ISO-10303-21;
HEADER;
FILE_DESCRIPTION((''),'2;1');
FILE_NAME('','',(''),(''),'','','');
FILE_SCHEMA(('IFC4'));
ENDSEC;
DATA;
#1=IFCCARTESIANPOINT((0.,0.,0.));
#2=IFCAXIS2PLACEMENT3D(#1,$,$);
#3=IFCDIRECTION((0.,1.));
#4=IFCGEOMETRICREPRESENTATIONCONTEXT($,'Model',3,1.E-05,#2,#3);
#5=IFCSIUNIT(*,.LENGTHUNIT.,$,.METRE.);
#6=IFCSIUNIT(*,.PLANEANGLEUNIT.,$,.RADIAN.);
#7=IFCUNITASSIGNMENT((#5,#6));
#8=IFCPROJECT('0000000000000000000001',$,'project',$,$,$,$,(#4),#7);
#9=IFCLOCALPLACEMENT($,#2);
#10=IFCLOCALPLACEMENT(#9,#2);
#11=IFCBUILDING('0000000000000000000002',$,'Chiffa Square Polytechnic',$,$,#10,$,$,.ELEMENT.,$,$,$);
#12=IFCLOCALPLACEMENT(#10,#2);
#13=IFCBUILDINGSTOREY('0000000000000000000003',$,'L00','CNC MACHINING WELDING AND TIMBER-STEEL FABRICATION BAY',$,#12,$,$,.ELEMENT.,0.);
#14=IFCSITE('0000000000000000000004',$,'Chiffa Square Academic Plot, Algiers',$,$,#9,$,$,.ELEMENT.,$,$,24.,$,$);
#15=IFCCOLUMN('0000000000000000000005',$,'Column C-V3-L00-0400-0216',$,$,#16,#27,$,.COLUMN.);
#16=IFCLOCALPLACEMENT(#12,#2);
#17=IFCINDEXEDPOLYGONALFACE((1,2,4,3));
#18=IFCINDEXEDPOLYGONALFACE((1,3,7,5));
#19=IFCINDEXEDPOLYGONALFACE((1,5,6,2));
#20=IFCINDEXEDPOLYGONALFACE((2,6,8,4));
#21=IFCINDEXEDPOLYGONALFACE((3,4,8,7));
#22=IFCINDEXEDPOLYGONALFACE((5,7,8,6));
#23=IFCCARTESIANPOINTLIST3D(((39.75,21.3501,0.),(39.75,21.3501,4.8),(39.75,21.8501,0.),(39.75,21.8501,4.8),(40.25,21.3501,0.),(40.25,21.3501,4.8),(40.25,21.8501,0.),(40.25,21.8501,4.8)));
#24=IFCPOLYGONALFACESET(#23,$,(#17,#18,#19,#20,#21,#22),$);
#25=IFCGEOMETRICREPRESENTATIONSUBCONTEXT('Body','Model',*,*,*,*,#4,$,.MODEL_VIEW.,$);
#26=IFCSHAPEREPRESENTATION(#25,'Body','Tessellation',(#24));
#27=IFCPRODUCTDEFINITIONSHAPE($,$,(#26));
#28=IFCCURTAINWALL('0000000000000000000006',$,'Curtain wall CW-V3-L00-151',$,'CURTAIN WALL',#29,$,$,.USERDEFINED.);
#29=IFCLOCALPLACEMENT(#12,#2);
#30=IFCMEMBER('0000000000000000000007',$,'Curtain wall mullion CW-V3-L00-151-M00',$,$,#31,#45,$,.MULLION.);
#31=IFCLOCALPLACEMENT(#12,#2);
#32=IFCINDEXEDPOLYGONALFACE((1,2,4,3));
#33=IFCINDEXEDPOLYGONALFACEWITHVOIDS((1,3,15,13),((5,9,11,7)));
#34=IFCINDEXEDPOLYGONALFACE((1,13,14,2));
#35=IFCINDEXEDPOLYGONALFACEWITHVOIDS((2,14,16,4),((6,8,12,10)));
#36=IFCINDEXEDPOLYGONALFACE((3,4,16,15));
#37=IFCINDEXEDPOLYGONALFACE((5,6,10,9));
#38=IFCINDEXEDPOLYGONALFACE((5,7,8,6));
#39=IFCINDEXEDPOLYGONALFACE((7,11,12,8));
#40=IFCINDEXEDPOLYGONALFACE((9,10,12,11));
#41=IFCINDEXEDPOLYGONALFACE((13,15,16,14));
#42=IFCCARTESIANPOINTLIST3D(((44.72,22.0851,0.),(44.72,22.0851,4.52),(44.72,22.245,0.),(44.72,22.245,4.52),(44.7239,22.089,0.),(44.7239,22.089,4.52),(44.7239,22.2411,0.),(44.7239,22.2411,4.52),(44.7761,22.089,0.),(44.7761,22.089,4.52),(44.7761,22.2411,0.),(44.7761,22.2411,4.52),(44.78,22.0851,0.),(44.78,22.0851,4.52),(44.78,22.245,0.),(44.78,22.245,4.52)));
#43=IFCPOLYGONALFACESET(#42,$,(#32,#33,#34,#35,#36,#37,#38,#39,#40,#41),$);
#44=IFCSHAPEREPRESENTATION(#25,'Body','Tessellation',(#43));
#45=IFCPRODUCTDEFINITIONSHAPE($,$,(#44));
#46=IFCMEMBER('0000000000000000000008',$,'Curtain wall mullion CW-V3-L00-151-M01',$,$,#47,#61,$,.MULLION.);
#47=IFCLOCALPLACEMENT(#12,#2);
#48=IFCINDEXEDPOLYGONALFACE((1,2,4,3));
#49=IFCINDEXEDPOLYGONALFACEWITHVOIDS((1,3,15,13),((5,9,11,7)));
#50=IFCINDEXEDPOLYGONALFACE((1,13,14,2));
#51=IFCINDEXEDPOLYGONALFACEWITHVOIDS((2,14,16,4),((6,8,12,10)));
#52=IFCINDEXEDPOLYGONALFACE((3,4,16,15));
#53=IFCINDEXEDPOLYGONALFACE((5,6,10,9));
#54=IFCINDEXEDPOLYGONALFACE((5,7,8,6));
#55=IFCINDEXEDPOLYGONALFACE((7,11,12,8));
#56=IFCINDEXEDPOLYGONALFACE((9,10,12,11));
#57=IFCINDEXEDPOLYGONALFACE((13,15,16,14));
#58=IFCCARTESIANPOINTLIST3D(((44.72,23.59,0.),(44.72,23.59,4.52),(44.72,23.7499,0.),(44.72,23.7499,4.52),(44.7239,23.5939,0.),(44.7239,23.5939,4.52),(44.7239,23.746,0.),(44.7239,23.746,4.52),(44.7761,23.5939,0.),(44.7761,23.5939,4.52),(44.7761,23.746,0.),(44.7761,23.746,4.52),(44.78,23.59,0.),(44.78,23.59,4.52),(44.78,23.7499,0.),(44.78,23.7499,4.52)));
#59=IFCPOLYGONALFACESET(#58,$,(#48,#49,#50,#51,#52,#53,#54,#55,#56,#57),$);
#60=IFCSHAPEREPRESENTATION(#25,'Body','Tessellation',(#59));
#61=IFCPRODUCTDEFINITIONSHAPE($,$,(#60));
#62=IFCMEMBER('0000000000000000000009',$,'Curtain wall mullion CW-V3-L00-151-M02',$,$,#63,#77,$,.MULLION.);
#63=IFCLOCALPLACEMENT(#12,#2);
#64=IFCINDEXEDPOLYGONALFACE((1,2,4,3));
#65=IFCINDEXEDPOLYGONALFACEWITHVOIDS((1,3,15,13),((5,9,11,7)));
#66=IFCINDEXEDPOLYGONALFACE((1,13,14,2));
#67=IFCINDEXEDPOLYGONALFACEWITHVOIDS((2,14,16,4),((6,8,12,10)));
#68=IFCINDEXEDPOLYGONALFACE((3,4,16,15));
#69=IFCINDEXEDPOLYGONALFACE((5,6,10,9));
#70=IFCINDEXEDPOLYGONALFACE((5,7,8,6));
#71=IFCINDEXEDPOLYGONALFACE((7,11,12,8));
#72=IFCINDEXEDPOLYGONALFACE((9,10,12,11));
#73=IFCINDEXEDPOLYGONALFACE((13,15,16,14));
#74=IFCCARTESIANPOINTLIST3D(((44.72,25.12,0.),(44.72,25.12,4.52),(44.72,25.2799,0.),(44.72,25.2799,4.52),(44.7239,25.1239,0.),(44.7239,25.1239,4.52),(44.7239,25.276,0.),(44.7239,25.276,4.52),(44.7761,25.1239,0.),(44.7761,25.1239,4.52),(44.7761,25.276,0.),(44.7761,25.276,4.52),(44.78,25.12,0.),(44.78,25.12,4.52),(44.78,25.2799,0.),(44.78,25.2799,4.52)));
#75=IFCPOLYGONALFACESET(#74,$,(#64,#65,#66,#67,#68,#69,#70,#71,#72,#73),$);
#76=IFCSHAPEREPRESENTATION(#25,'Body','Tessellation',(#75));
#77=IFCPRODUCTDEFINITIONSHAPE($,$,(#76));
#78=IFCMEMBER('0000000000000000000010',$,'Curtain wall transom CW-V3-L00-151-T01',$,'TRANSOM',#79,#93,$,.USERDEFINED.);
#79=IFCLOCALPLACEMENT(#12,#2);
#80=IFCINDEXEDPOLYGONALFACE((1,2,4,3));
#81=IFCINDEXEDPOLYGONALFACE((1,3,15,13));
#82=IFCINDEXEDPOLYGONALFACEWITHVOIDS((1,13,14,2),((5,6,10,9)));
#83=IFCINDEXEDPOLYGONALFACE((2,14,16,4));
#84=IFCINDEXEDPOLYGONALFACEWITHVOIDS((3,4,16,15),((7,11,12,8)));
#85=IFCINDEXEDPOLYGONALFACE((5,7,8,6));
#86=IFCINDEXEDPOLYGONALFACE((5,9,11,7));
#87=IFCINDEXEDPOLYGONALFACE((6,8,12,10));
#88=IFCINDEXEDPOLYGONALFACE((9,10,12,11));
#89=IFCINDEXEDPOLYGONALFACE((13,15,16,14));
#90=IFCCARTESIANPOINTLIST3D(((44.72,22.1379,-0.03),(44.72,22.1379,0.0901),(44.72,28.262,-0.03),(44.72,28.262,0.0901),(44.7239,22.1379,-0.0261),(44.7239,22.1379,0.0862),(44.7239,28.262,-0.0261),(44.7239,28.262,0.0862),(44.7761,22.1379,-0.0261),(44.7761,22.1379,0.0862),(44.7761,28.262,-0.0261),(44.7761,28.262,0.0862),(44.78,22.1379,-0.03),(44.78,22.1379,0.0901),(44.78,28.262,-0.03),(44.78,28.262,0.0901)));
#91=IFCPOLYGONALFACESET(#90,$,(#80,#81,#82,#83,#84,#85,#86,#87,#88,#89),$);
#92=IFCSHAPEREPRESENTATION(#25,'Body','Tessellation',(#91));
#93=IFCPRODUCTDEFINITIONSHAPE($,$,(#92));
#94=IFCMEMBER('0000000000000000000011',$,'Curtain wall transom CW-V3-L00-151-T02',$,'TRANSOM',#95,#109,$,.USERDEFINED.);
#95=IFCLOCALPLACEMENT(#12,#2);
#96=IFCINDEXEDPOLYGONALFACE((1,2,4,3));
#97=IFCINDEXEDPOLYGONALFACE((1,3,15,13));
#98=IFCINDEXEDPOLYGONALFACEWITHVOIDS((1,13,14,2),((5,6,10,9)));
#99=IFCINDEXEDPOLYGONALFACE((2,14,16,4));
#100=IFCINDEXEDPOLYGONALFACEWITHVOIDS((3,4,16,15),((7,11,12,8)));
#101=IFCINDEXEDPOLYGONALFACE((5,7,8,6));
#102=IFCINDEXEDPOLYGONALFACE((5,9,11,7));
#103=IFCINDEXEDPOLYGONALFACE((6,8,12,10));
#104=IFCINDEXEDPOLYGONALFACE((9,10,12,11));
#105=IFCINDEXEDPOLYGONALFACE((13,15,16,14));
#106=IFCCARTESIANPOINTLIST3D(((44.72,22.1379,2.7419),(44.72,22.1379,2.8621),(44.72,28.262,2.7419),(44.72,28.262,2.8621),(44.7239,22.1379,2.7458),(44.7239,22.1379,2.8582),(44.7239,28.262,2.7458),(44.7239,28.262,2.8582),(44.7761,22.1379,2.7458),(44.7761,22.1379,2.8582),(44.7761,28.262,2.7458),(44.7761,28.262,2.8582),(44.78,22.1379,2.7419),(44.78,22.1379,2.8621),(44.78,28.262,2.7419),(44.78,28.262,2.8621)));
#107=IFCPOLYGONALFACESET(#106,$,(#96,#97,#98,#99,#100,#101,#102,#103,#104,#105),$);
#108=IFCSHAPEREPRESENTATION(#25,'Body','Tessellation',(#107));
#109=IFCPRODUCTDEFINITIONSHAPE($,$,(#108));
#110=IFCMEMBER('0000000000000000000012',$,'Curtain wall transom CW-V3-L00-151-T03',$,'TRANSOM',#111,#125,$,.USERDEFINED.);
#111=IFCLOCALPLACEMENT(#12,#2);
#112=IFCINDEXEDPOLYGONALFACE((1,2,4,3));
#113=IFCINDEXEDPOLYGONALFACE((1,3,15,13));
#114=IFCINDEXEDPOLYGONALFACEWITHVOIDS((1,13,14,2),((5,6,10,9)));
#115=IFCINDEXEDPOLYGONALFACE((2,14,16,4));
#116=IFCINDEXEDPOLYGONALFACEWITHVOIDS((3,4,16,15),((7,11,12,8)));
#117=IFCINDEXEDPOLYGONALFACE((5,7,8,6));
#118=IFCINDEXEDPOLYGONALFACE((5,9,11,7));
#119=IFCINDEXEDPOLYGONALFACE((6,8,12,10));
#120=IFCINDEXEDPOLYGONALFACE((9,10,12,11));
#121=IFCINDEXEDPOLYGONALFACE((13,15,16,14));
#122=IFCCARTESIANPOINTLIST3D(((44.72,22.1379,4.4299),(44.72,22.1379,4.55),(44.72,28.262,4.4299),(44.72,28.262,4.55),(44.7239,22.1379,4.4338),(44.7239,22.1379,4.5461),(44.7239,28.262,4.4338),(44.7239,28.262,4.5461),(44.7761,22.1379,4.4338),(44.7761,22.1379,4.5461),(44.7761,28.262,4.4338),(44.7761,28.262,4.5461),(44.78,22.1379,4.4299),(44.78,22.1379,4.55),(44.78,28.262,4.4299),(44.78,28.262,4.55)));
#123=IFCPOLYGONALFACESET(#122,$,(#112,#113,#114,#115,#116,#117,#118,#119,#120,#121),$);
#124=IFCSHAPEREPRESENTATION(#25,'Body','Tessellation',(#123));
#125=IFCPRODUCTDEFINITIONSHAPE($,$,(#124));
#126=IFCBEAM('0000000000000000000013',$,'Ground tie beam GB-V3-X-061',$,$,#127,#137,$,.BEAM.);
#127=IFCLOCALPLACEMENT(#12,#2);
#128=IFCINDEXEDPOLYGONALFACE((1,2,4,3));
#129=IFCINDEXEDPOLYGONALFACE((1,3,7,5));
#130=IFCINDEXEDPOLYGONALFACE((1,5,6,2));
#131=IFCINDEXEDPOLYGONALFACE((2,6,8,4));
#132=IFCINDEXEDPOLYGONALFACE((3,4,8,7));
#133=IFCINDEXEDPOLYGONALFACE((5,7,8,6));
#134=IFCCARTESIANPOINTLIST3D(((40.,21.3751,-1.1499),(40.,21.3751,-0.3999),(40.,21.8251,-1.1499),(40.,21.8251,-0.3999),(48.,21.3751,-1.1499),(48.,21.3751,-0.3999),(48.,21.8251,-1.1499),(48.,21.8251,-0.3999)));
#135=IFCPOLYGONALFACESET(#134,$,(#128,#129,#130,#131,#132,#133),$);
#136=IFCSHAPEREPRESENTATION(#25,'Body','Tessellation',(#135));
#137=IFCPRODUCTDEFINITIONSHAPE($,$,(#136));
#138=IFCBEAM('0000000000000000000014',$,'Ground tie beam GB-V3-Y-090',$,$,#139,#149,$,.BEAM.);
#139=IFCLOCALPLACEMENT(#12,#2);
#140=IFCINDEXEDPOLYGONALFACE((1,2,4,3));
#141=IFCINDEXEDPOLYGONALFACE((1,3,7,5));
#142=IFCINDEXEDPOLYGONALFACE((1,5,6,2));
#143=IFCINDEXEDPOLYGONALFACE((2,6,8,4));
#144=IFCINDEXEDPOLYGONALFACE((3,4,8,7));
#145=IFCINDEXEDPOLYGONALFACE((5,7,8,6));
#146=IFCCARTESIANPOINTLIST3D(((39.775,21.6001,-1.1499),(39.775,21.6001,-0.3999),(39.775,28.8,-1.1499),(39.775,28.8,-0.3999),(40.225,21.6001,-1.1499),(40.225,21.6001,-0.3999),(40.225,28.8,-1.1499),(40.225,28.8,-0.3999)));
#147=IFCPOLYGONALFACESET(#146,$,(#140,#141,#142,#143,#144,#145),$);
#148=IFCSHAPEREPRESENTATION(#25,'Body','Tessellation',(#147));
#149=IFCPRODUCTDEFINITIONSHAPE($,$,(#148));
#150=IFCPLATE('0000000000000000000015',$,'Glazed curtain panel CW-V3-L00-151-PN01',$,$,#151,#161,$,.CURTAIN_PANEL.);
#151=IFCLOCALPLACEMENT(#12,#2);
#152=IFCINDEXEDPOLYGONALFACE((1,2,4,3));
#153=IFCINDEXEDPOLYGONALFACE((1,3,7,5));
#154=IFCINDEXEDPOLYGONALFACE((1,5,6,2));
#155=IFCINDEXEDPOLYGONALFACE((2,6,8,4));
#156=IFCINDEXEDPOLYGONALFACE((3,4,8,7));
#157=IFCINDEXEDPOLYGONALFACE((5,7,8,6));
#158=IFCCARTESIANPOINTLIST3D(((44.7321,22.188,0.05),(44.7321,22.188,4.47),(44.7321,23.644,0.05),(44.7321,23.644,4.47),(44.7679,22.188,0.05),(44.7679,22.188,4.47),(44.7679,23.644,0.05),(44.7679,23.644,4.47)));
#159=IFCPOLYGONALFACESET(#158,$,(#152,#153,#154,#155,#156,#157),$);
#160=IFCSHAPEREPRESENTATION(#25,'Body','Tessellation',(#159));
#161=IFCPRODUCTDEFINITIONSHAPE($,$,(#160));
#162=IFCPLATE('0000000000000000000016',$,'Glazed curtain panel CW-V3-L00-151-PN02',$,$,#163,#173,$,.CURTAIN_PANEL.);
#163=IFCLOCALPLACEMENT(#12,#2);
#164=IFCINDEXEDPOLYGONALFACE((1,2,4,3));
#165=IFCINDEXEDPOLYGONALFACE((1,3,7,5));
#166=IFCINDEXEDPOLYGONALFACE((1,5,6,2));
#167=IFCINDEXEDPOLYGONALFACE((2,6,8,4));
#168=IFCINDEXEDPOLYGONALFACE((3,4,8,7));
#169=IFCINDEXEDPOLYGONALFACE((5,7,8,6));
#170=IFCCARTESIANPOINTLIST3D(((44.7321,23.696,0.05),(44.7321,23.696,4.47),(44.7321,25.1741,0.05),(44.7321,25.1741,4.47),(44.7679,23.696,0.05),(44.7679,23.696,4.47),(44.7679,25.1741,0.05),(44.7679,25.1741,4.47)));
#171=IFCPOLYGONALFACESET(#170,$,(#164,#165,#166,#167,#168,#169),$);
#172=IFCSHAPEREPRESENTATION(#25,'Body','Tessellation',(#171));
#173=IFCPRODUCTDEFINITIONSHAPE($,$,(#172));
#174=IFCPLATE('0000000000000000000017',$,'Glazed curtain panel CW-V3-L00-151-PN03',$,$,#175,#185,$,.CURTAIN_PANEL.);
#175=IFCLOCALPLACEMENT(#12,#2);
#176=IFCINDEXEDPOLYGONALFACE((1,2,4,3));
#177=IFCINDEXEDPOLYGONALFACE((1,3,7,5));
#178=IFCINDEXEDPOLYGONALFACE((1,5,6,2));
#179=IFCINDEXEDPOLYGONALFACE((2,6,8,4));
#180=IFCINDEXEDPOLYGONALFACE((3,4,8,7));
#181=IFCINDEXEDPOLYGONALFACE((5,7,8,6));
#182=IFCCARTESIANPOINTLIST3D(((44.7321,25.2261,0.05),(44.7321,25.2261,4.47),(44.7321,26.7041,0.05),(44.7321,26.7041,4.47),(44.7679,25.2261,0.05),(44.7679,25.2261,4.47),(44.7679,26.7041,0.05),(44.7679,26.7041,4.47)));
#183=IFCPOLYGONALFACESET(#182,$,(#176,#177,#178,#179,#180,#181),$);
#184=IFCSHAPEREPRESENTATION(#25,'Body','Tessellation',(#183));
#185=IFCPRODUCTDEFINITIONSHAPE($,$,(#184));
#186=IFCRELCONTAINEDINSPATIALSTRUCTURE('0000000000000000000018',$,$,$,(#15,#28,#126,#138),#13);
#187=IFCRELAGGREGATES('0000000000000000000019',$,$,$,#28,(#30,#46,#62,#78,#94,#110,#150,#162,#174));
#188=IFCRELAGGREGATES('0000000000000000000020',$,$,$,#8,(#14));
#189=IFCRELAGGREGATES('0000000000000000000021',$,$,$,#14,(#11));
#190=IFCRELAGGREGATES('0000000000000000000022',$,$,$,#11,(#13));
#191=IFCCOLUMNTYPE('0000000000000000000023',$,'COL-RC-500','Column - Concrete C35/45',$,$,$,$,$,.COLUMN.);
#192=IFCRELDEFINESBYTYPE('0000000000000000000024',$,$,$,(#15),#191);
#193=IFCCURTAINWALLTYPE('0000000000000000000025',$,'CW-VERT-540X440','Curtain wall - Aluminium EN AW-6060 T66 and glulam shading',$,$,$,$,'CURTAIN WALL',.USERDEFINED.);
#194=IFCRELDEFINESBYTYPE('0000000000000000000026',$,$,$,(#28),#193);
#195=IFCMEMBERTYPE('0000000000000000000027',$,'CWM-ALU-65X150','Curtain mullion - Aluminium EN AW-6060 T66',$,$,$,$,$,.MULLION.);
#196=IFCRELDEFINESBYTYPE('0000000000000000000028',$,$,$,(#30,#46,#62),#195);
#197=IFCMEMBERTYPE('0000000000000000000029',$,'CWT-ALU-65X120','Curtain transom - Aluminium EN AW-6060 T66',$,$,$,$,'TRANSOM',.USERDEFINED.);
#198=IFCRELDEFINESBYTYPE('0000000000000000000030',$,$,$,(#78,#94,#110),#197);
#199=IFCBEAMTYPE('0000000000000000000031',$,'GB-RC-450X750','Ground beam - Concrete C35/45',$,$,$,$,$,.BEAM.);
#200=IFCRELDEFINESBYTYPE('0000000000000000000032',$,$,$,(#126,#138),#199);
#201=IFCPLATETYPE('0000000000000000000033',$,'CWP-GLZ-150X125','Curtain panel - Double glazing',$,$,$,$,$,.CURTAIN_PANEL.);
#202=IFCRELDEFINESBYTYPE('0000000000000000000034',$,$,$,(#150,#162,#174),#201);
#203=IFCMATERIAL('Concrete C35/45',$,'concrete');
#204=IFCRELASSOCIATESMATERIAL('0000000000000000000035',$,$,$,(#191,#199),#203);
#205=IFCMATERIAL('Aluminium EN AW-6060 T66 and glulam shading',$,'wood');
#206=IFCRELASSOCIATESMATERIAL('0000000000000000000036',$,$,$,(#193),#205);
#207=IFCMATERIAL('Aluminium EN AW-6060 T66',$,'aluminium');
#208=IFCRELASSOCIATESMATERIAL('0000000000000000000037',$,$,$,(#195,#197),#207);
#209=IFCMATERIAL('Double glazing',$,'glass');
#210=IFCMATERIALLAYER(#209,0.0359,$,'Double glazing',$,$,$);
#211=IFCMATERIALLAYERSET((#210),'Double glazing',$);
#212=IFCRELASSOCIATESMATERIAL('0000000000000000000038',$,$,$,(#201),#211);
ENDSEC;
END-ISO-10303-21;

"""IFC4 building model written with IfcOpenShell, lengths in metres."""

from ifc_helpers import new_model, si_unit, direction, frame, origin, origin_2d, place, context, subcontext, project, spatial, rectangle, hollow_rectangle, extrude, material, layer, layer_set, material_profile, profile_set, type_object, element, aggregate, save


model = new_model("IFC4")

# Units and contexts
model_context = context("Model", 3, precision=1e-05, world=origin(), true_north=direction((0.0, 1.0)))
body_context = subcontext(model_context, "Body", "Model", "MODEL_VIEW")
ifc_project = project(units=[si_unit("LENGTHUNIT", "METRE"), si_unit("PLANEANGLEUNIT", "RADIAN")], contexts=[model_context])

# Site, building, storey
site_placement = place(None, origin())
site = spatial("IfcSite", under=ifc_project, at=site_placement, Name="Chiffa Square Academic Plot, Algiers", CompositionType="ELEMENT", RefElevation=24.0)
building_placement = place(site_placement, origin())
building = spatial("IfcBuilding", under=site, at=building_placement, Name="Chiffa Square Polytechnic", CompositionType="ELEMENT")
storey_placement = place(building_placement, origin())
storey = spatial("IfcBuildingStorey", under=building, at=storey_placement, Name="L00", Description="CNC MACHINING WELDING AND TIMBER-STEEL FABRICATION BAY", CompositionType="ELEMENT", Elevation=0.0)

# Column
ifc_material_1 = material(Name="Concrete C35/45", Category="concrete")
ifc_material_profile_1 = material_profile(ifc_material_1, rectangle(XDim=0.5, YDim=0.5, at=origin_2d()), Name="RC 500x500")
ifc_profile_set_1 = profile_set([ifc_material_profile_1], Name="Concrete C35/45")
column_type = type_object("IfcColumnType", Name="COL-RC-500", Description="Column - Concrete C35/45", PredefinedType="COLUMN", material=ifc_profile_set_1)
column_placement = place(storey_placement, frame((40.0, 21.6001, 0.0), z_axis=(0.0, 0.0, 1.0), x_axis=(1.0, 0.0, 0.0)))
element("IfcColumn", 1, at=column_placement, inside=storey, type_object=column_type, Name="Column C-V3-L00-0400-0216", PredefinedType="COLUMN", context=body_context, shape_type="SweptSolid", body=[
    extrude(rectangle(XDim=0.5, YDim=0.5, at=origin_2d()), origin(), (0.0, 0.0, 1.0), 4.8),
])

# Curtain wall, members
ifc_material_2 = material(Name="Aluminium EN AW-6060 T66 and glulam shading", Category="wood")
curtain_wall_type = type_object("IfcCurtainWallType", Name="CW-VERT-540X440", Description="Curtain wall - Aluminium EN AW-6060 T66 and glulam shading", ElementType="CURTAIN WALL", PredefinedType="USERDEFINED", material=ifc_material_2)
curtain_wall_placement = place(storey_placement, origin())
curtain_wall = element("IfcCurtainWall", 2, at=curtain_wall_placement, inside=storey, type_object=curtain_wall_type, Name="Curtain wall CW-V3-L00-151", ObjectType="CURTAIN WALL", PredefinedType="USERDEFINED")
ifc_material_3 = material(Name="Aluminium EN AW-6060 T66", Category="aluminium")
ifc_material_profile_2 = material_profile(ifc_material_3, hollow_rectangle(XDim=0.0601, YDim=0.1599, WallThickness=0.0039, at=origin_2d()), Name="ALU 60x160x4")
ifc_profile_set_2 = profile_set([ifc_material_profile_2], Name="Aluminium EN AW-6060 T66")
member_type_1 = type_object("IfcMemberType", Name="CWM-ALU-65X150", Description="Curtain mullion - Aluminium EN AW-6060 T66", PredefinedType="MULLION", material=ifc_profile_set_2)
member_1_placement = place(storey_placement, frame((44.75, 22.165, 0.0), z_axis=(0.0, 0.0, 1.0), x_axis=(1.0, 0.0, 0.0)))
member_1 = element("IfcMember", 3, at=member_1_placement, type_object=member_type_1, Name="Curtain wall mullion CW-V3-L00-151-M00", PredefinedType="MULLION", context=body_context, shape_type="SweptSolid", body=[
    extrude(hollow_rectangle(XDim=0.0601, YDim=0.1599, WallThickness=0.0039, at=origin_2d()), origin(), (0.0, 0.0, 1.0), 4.52),
])
member_2_placement = place(storey_placement, frame((44.75, 23.6699, 0.0), z_axis=(0.0, 0.0, 1.0), x_axis=(1.0, 0.0, 0.0)))
member_2 = element("IfcMember", 4, at=member_2_placement, type_object=member_type_1, Name="Curtain wall mullion CW-V3-L00-151-M01", PredefinedType="MULLION", context=body_context, shape_type="SweptSolid", body=[
    extrude(hollow_rectangle(XDim=0.0601, YDim=0.1599, WallThickness=0.0039, at=origin_2d()), origin(), (0.0, 0.0, 1.0), 4.52),
])
member_3_placement = place(storey_placement, frame((44.75, 25.2, 0.0), z_axis=(0.0, 0.0, 1.0), x_axis=(1.0, 0.0, 0.0)))
member_3 = element("IfcMember", 5, at=member_3_placement, type_object=member_type_1, Name="Curtain wall mullion CW-V3-L00-151-M02", PredefinedType="MULLION", context=body_context, shape_type="SweptSolid", body=[
    extrude(hollow_rectangle(XDim=0.0601, YDim=0.1599, WallThickness=0.0039, at=origin_2d()), origin(), (0.0, 0.0, 1.0), 4.52),
])
ifc_material_profile_3 = material_profile(ifc_material_3, hollow_rectangle(XDim=0.0601, YDim=0.1201, WallThickness=0.0039, at=origin_2d()), Name="ALU 60x120x4")
ifc_profile_set_3 = profile_set([ifc_material_profile_3], Name="Aluminium EN AW-6060 T66")
member_type_2 = type_object("IfcMemberType", Name="CWT-ALU-65X120", Description="Curtain transom - Aluminium EN AW-6060 T66", ElementType="TRANSOM", PredefinedType="USERDEFINED", material=ifc_profile_set_3)
member_4_placement = place(storey_placement, frame((44.75, 22.1379, 0.03), z_axis=(0.0, 1.0, 0.0), x_axis=(-1.0, 0.0, 0.0)))
member_4 = element("IfcMember", 6, at=member_4_placement, type_object=member_type_2, Name="Curtain wall transom CW-V3-L00-151-T01", ObjectType="TRANSOM", PredefinedType="USERDEFINED", context=body_context, shape_type="SweptSolid", body=[
    extrude(hollow_rectangle(XDim=0.0601, YDim=0.1201, WallThickness=0.0039, at=origin_2d()), origin(), (0.0, 0.0, 1.0), 6.124),
])
member_5_placement = place(storey_placement, frame((44.75, 22.1379, 2.802), z_axis=(0.0, 1.0, 0.0), x_axis=(-1.0, 0.0, 0.0)))
member_5 = element("IfcMember", 7, at=member_5_placement, type_object=member_type_2, Name="Curtain wall transom CW-V3-L00-151-T02", ObjectType="TRANSOM", PredefinedType="USERDEFINED", context=body_context, shape_type="SweptSolid", body=[
    extrude(hollow_rectangle(XDim=0.0601, YDim=0.1201, WallThickness=0.0039, at=origin_2d()), origin(), (0.0, 0.0, 1.0), 6.124),
])
member_6_placement = place(storey_placement, frame((44.75, 22.1379, 4.49), z_axis=(0.0, 1.0, 0.0), x_axis=(-1.0, 0.0, 0.0)))
member_6 = element("IfcMember", 8, at=member_6_placement, type_object=member_type_2, Name="Curtain wall transom CW-V3-L00-151-T03", ObjectType="TRANSOM", PredefinedType="USERDEFINED", context=body_context, shape_type="SweptSolid", body=[
    extrude(hollow_rectangle(XDim=0.0601, YDim=0.1201, WallThickness=0.0039, at=origin_2d()), origin(), (0.0, 0.0, 1.0), 6.124),
])

# Beams
ifc_material_profile_4 = material_profile(ifc_material_1, rectangle(XDim=0.45, YDim=0.75, at=origin_2d()), Name="RC 450x750")
ifc_profile_set_4 = profile_set([ifc_material_profile_4], Name="Concrete C35/45")
beam_type = type_object("IfcBeamType", Name="GB-RC-450X750", Description="Ground beam - Concrete C35/45", PredefinedType="BEAM", material=ifc_profile_set_4)
beam_1_placement = place(storey_placement, frame((40.0, 21.6001, -0.7749), z_axis=(1.0, 0.0, 0.0), x_axis=(0.0, 1.0, 0.0)))
element("IfcBeam", 9, at=beam_1_placement, inside=storey, type_object=beam_type, Name="Ground tie beam GB-V3-X-061", PredefinedType="BEAM", context=body_context, shape_type="SweptSolid", body=[
    extrude(rectangle(XDim=0.45, YDim=0.75, at=origin_2d()), origin(), (0.0, 0.0, 1.0), 8.0),
])
beam_2_placement = place(storey_placement, frame((40.0, 21.6001, -0.7749), z_axis=(0.0, 1.0, 0.0), x_axis=(-1.0, 0.0, 0.0)))
element("IfcBeam", 10, at=beam_2_placement, inside=storey, type_object=beam_type, Name="Ground tie beam GB-V3-Y-090", PredefinedType="BEAM", context=body_context, shape_type="SweptSolid", body=[
    extrude(rectangle(XDim=0.45, YDim=0.75, at=origin_2d()), origin(), (0.0, 0.0, 1.0), 7.2),
])

# Plates
ifc_material_4 = material(Name="Double glazing", Category="glass")
ifc_layer_1 = layer(ifc_material_4, 0.0359, Name="Double glazing")
ifc_layer_set_1 = layer_set([ifc_layer_1], Name="Double glazing")
plate_type = type_object("IfcPlateType", Name="CWP-GLZ-150X125", Description="Curtain panel - Double glazing", PredefinedType="CURTAIN_PANEL", material=ifc_layer_set_1)
plate_1_placement = place(storey_placement, frame((44.75, 22.916, 0.05), z_axis=(0.0, 0.0, 1.0), x_axis=(0.0, 1.0, 0.0)))
plate_1 = element("IfcPlate", 11, at=plate_1_placement, type_object=plate_type, Name="Glazed curtain panel CW-V3-L00-151-PN01", PredefinedType="CURTAIN_PANEL", context=body_context, shape_type="SweptSolid", body=[
    extrude(rectangle(XDim=1.4561, YDim=0.0359, at=origin_2d()), origin(), (0.0, 0.0, 1.0), 4.4199),
])
plate_2_placement = place(storey_placement, frame((44.75, 24.4351, 0.05), z_axis=(0.0, 0.0, 1.0), x_axis=(0.0, 1.0, 0.0)))
plate_2 = element("IfcPlate", 12, at=plate_2_placement, type_object=plate_type, Name="Glazed curtain panel CW-V3-L00-151-PN02", PredefinedType="CURTAIN_PANEL", context=body_context, shape_type="SweptSolid", body=[
    extrude(rectangle(XDim=1.478, YDim=0.0359, at=origin_2d()), origin(), (0.0, 0.0, 1.0), 4.4199),
])
plate_3_placement = place(storey_placement, frame((44.75, 25.9651, 0.05), z_axis=(0.0, 0.0, 1.0), x_axis=(0.0, 1.0, 0.0)))
plate_3 = element("IfcPlate", 13, at=plate_3_placement, type_object=plate_type, Name="Glazed curtain panel CW-V3-L00-151-PN03", PredefinedType="CURTAIN_PANEL", context=body_context, shape_type="SweptSolid", body=[
    extrude(rectangle(XDim=1.478, YDim=0.0359, at=origin_2d()), origin(), (0.0, 0.0, 1.0), 4.4199),
])
aggregate(curtain_wall, [member_1, member_2, member_3, member_4, member_5, member_6, plate_1, plate_2, plate_3])

save(model, "model.ifc")
